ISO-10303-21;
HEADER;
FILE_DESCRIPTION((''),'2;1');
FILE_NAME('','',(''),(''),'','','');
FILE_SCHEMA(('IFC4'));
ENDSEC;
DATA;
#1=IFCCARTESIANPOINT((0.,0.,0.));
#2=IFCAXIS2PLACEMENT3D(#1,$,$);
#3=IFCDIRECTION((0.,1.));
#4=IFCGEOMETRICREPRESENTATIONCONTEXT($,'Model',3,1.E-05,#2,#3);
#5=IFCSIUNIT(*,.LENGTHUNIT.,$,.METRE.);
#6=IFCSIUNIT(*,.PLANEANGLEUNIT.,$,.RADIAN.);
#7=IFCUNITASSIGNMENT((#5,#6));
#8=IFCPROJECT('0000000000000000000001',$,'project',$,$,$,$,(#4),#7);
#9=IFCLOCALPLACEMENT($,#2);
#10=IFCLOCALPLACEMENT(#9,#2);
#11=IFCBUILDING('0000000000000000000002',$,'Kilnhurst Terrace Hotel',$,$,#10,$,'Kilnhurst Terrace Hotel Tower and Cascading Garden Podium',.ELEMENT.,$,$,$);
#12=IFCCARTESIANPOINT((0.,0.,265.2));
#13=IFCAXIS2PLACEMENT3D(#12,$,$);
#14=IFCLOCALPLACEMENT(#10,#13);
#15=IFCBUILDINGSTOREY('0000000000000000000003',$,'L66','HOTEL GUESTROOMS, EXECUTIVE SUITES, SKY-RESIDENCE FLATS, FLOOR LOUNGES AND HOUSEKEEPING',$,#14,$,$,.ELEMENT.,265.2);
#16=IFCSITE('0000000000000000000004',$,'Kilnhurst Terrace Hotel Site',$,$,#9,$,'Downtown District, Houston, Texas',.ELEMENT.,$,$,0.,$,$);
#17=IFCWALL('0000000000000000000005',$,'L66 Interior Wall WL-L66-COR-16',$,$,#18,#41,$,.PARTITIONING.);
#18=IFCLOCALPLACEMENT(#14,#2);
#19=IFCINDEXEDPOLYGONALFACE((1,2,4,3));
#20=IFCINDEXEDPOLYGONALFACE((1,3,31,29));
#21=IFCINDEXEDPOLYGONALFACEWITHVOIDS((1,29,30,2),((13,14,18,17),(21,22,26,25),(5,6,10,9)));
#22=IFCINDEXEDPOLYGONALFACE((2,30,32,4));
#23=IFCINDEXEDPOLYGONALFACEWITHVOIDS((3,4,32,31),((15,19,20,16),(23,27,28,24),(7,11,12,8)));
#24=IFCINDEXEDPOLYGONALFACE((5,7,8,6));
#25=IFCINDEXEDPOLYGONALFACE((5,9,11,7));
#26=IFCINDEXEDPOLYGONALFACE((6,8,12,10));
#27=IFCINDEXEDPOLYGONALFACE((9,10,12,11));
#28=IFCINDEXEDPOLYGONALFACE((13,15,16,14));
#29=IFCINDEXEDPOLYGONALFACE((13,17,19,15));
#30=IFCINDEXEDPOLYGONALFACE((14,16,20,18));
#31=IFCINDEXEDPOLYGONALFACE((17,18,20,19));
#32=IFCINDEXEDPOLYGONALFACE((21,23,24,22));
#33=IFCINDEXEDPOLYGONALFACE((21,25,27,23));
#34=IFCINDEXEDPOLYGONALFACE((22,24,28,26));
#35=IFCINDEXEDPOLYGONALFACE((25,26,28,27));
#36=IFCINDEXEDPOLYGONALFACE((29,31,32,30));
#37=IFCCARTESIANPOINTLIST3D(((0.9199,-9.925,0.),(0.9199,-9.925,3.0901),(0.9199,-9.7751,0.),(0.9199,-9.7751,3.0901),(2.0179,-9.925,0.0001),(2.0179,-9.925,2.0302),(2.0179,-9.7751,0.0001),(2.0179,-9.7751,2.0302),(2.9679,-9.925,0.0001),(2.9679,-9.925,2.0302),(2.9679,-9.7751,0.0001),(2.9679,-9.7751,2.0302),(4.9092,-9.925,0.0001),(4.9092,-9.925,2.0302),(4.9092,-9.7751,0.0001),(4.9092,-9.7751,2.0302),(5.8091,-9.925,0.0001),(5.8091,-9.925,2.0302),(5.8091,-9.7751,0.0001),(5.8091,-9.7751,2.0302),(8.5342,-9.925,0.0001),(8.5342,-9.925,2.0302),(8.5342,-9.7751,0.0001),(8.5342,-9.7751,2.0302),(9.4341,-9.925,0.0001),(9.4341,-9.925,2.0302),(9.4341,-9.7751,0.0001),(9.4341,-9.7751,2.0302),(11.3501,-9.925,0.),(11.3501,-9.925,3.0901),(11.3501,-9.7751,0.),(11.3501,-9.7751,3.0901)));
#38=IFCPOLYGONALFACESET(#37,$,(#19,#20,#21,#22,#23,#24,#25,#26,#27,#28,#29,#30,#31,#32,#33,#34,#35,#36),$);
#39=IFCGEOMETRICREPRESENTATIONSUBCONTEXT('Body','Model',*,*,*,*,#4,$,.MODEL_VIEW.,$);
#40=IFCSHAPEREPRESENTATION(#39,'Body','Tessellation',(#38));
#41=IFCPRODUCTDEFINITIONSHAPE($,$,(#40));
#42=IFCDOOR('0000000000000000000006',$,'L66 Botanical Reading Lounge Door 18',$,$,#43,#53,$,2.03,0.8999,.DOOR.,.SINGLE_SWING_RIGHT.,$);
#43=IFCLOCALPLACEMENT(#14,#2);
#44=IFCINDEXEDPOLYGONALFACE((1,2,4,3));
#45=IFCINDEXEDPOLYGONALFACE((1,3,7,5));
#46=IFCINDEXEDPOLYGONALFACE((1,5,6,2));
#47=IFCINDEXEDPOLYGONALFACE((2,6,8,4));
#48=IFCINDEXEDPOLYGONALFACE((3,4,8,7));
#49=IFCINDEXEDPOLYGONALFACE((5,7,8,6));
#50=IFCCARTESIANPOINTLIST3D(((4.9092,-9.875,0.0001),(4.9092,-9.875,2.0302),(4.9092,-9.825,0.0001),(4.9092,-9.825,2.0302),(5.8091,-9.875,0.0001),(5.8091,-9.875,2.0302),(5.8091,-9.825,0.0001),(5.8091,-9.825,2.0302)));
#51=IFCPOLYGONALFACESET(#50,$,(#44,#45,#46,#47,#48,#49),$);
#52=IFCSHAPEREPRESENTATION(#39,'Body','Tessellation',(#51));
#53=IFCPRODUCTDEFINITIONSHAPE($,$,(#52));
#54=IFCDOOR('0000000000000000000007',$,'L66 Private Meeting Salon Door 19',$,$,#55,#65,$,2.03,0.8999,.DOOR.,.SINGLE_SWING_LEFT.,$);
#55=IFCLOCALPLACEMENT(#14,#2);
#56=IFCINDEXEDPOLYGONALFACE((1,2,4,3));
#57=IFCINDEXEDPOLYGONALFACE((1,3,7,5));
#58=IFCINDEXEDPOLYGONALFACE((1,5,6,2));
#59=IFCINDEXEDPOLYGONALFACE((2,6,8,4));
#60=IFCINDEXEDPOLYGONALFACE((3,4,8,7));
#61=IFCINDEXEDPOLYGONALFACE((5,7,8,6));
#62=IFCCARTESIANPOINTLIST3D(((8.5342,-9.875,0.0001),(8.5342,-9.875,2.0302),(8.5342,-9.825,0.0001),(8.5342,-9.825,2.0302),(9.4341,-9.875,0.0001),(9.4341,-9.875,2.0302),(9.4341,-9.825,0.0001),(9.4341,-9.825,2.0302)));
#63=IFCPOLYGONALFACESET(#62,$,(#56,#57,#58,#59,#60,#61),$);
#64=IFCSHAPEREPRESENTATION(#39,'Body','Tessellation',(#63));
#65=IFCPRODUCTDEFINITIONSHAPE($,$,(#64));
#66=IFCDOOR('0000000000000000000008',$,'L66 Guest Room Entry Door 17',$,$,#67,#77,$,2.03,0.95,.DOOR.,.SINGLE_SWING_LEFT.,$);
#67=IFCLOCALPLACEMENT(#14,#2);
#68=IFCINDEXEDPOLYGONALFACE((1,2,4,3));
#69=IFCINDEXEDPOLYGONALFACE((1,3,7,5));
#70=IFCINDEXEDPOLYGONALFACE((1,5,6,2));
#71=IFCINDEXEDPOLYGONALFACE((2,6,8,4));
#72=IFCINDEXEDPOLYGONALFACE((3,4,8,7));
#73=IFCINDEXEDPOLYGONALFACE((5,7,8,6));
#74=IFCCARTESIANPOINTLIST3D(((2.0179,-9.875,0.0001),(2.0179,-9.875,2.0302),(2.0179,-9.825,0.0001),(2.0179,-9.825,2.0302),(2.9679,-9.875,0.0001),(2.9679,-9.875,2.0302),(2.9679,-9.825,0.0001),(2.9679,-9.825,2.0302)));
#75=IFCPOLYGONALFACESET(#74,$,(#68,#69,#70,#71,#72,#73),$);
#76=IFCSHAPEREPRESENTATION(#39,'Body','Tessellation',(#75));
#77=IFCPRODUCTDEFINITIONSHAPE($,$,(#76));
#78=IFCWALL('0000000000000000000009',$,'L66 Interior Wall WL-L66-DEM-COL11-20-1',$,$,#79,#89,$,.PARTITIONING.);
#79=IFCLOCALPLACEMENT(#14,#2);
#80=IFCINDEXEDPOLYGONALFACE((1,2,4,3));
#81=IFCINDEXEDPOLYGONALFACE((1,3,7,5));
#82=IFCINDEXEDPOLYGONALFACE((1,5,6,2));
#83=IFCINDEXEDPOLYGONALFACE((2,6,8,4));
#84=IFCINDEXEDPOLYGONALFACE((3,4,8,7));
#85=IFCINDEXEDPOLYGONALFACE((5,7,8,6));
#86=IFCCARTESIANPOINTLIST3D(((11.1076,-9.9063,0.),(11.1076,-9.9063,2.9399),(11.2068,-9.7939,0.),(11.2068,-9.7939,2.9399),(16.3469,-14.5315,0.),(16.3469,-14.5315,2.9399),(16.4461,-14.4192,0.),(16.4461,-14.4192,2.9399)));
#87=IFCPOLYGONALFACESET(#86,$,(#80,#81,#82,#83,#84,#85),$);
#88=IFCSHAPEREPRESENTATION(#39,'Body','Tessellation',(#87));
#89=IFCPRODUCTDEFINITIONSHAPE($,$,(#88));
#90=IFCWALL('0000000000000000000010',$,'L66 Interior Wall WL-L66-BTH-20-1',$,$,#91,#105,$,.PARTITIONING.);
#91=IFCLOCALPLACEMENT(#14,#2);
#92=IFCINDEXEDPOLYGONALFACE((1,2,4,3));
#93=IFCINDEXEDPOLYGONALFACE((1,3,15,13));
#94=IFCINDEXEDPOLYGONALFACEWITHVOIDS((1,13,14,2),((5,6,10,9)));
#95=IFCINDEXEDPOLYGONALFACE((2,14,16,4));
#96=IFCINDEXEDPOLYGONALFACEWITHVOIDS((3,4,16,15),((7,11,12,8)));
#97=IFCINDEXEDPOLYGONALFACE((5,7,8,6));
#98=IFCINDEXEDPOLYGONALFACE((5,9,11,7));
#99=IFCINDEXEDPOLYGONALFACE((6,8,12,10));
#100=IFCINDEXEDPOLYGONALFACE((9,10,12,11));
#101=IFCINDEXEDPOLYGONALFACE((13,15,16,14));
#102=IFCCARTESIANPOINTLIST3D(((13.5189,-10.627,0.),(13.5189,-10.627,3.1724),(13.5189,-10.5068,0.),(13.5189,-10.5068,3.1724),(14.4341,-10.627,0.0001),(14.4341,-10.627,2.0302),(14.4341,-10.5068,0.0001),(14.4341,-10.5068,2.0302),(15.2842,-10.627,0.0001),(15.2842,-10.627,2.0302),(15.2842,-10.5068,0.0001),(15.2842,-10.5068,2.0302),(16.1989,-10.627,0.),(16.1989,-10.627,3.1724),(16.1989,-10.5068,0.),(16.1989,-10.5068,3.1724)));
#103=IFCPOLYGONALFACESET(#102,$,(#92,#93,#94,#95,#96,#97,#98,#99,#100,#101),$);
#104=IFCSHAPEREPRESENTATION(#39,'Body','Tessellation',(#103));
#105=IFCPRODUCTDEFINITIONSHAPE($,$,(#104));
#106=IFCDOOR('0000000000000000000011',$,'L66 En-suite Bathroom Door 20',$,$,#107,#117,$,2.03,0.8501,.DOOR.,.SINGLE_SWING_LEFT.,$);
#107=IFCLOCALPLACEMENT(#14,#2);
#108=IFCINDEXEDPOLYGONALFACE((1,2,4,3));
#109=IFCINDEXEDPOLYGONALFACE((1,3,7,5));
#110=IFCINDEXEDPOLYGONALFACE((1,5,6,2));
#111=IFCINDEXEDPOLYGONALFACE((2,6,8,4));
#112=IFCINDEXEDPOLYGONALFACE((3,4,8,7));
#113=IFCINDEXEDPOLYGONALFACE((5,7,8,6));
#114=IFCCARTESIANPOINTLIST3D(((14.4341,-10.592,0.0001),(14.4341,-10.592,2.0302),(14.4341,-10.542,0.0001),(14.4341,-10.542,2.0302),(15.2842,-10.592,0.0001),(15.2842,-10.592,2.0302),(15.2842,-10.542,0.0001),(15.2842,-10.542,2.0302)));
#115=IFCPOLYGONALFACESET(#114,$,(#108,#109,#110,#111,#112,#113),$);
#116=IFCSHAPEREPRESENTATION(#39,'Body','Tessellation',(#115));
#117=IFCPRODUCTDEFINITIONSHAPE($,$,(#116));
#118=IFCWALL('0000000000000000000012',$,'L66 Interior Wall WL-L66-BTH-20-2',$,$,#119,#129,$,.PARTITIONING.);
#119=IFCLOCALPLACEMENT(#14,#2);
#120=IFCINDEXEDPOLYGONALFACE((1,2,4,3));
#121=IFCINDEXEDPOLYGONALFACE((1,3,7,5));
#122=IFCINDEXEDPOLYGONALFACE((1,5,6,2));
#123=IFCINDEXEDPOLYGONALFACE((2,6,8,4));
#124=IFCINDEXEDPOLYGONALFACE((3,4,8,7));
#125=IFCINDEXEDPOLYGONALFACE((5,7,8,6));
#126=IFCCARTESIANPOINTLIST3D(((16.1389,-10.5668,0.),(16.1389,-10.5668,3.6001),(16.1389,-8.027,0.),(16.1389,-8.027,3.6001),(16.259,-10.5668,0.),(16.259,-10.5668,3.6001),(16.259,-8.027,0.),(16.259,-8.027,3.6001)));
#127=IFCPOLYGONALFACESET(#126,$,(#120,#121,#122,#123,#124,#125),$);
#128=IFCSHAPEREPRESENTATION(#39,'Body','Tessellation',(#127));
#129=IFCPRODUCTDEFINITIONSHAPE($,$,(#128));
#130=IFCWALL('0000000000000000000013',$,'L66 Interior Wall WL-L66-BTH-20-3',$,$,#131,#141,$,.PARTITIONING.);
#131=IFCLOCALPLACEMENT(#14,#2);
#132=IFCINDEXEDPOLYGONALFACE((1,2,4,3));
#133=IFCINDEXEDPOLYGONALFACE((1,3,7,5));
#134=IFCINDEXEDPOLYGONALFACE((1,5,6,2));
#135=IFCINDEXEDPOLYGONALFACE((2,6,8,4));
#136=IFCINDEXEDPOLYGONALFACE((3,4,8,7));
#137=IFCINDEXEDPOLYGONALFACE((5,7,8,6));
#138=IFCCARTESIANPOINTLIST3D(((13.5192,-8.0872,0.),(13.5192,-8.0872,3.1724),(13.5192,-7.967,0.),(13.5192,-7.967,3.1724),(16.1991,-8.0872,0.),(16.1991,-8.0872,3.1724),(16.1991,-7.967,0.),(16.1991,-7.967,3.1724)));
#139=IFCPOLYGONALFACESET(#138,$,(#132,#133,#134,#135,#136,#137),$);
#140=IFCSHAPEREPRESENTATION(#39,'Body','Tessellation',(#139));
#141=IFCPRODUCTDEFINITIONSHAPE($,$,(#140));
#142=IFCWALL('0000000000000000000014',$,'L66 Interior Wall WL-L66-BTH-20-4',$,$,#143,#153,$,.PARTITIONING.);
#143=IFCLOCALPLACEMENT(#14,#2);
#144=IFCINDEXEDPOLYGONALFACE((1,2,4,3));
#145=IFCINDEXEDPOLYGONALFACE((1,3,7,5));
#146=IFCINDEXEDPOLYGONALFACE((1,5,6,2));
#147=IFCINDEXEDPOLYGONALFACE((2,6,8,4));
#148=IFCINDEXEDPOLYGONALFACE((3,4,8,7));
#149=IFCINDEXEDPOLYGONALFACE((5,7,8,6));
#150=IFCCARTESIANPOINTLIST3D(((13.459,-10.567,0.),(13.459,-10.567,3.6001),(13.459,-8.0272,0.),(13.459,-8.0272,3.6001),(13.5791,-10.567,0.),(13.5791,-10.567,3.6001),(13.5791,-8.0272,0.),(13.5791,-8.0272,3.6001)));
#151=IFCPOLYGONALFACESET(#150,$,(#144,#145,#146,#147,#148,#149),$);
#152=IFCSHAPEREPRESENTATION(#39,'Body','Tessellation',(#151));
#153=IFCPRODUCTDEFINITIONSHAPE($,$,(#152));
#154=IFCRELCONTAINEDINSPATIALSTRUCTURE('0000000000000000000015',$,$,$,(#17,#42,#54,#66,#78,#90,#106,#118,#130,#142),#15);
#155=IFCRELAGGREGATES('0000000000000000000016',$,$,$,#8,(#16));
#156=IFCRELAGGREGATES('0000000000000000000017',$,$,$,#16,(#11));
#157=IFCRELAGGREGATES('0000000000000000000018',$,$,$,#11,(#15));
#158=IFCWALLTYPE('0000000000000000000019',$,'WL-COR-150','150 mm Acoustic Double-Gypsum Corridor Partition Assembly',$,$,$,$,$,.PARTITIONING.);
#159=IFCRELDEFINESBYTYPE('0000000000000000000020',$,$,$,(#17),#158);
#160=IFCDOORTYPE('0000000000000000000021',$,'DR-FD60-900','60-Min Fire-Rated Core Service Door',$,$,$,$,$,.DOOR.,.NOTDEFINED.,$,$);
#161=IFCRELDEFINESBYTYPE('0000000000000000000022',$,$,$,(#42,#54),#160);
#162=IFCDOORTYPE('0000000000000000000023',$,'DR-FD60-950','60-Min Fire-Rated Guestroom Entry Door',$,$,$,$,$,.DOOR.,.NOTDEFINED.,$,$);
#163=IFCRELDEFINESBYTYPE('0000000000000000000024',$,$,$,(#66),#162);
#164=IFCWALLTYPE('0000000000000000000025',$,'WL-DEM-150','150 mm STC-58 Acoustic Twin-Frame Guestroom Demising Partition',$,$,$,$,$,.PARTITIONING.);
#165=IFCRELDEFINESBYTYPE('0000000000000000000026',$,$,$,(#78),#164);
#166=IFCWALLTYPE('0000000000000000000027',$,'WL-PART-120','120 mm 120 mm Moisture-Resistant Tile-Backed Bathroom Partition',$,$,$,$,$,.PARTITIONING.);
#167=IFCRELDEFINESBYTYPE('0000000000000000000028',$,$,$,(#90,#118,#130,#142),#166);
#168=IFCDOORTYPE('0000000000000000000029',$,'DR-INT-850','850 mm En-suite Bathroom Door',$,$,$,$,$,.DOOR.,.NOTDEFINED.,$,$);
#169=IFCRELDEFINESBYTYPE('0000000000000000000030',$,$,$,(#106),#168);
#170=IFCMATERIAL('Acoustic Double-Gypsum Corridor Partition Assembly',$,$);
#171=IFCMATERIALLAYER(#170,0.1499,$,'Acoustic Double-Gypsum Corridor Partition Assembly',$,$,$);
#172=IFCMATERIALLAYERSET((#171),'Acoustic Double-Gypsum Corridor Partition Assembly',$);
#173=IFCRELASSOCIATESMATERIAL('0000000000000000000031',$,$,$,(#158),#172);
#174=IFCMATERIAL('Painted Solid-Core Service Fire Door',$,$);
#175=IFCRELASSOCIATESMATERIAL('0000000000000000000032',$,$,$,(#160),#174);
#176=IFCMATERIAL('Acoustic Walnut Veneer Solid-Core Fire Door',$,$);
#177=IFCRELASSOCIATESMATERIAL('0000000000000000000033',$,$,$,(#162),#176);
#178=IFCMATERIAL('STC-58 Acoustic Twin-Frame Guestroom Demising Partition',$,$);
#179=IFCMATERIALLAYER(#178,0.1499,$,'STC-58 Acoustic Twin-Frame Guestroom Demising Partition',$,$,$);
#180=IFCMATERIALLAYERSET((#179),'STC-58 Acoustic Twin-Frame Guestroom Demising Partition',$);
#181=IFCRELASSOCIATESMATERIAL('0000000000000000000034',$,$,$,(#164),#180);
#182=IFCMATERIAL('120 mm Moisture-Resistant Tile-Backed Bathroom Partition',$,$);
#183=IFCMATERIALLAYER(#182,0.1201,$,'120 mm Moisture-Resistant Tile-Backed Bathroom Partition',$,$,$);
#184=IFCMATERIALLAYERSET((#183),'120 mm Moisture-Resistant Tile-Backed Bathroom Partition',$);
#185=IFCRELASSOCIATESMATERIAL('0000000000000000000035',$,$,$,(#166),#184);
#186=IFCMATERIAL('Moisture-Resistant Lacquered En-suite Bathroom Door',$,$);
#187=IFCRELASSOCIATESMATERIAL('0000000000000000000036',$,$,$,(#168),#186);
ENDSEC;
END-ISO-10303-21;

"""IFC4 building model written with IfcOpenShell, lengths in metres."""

from ifc_helpers import new_model, si_unit, direction, frame, frame_2d, origin, place, context, subcontext, project, spatial, rectangle, extrude, material, layer, layer_set, type_object, element, fill, save


model = new_model("IFC4")

# Units and contexts
model_context = context("Model", 3, precision=1e-05, world=origin(), true_north=direction((0.0, 1.0)))
body_context = subcontext(model_context, "Body", "Model", "MODEL_VIEW")
ifc_project = project(units=[si_unit("LENGTHUNIT", "METRE"), si_unit("PLANEANGLEUNIT", "RADIAN")], contexts=[model_context])

# Site, building, storey
site_placement = place(None, origin())
site = spatial("IfcSite", under=ifc_project, at=site_placement, Name="Kilnhurst Terrace Hotel Site", LongName="Downtown District, Houston, Texas", CompositionType="ELEMENT", RefElevation=0.0)
building_placement = place(site_placement, origin())
building = spatial("IfcBuilding", under=site, at=building_placement, Name="Kilnhurst Terrace Hotel", LongName="Kilnhurst Terrace Hotel Tower and Cascading Garden Podium", CompositionType="ELEMENT")
storey_placement = place(building_placement, frame((0.0, 0.0, 265.2)))
storey = spatial("IfcBuildingStorey", under=building, at=storey_placement, Name="L66", Description="HOTEL GUESTROOMS, EXECUTIVE SUITES, SKY-RESIDENCE FLATS, FLOOR LOUNGES AND HOUSEKEEPING", CompositionType="ELEMENT", Elevation=265.2)

# Wall, openings, doors
ifc_material_1 = material(Name="Acoustic Double-Gypsum Corridor Partition Assembly")
ifc_layer_1 = layer(ifc_material_1, 0.1499, Name="Acoustic Double-Gypsum Corridor Partition Assembly")
ifc_layer_set_1 = layer_set([ifc_layer_1], Name="Acoustic Double-Gypsum Corridor Partition Assembly")
wall_type_1 = type_object("IfcWallType", Name="WL-COR-150", Description="150 mm Acoustic Double-Gypsum Corridor Partition Assembly", PredefinedType="PARTITIONING", material=ifc_layer_set_1)
wall_1_placement = place(storey_placement, frame((11.3501, -9.8501, 0.0), z_axis=(0.0, 0.0, 1.0), x_axis=(-1.0, 0.0, 0.0)))
wall_1 = element("IfcWall", 1, at=wall_1_placement, inside=storey, type_object=wall_type_1, Name="L66 Interior Wall WL-L66-COR-16", PredefinedType="PARTITIONING", context=body_context, shape_type="SweptSolid", body=[
    extrude(rectangle(XDim=10.4302, YDim=0.1499, at=frame_2d((5.2151, 0.0))), origin(), (0.0, 0.0, 1.0), 3.0901),
])
opening_1_placement = place(wall_1_placement, frame((8.3821, 0.0, 0.0)))
opening_1 = element("IfcOpeningElement", 2, at=opening_1_placement, cuts=wall_1, PredefinedType="OPENING", context=body_context, shape_type="SweptSolid", body=[
    extrude(rectangle(XDim=0.95, YDim=2.03, at=frame_2d((0.4751, 1.0151))), frame((0.0, 0.085, 0.0), z_axis=(0.0, -1.0, 0.0), x_axis=(1.0, 0.0, 0.0)), (0.0, 0.0, 1.0), 0.1699),
])
opening_2_placement = place(wall_1_placement, frame((5.541, 0.0, 0.0)))
opening_2 = element("IfcOpeningElement", 3, at=opening_2_placement, cuts=wall_1, PredefinedType="OPENING", context=body_context, shape_type="SweptSolid", body=[
    extrude(rectangle(XDim=0.8999, YDim=2.03, at=frame_2d((0.45, 1.0151))), frame((0.0, 0.085, 0.0), z_axis=(0.0, -1.0, 0.0), x_axis=(1.0, 0.0, 0.0)), (0.0, 0.0, 1.0), 0.1699),
])
opening_3_placement = place(wall_1_placement, frame((1.916, 0.0, 0.0)))
opening_3 = element("IfcOpeningElement", 4, at=opening_3_placement, cuts=wall_1, PredefinedType="OPENING", context=body_context, shape_type="SweptSolid", body=[
    extrude(rectangle(XDim=0.8999, YDim=2.03, at=frame_2d((0.45, 1.0151))), frame((0.0, 0.085, 0.0), z_axis=(0.0, -1.0, 0.0), x_axis=(1.0, 0.0, 0.0)), (0.0, 0.0, 1.0), 0.1699),
])
ifc_material_2 = material(Name="Painted Solid-Core Service Fire Door")
door_type_1 = type_object("IfcDoorType", Name="DR-FD60-900", Description="60-Min Fire-Rated Core Service Door", OperationType="NOTDEFINED", PredefinedType="DOOR", material=ifc_material_2)
door_1_placement = place(opening_2_placement, origin())
door_1 = element("IfcDoor", 5, at=door_1_placement, inside=storey, type_object=door_type_1, Name="L66 Botanical Reading Lounge Door 18", OperationType="SINGLE_SWING_RIGHT", OverallHeight=2.03, OverallWidth=0.8999, PredefinedType="DOOR", context=body_context, shape_type="SweptSolid", body=[
    extrude(rectangle(XDim=0.8999, YDim=2.03, at=frame_2d((0.45, 1.0151))), frame((0.0, 0.0249, 0.0), z_axis=(0.0, -1.0, 0.0), x_axis=(1.0, 0.0, 0.0)), (0.0, 0.0, 1.0), 0.05),
])
fill(opening_2, door_1)
door_2_placement = place(opening_3_placement, origin())
door_2 = element("IfcDoor", 6, at=door_2_placement, inside=storey, type_object=door_type_1, Name="L66 Private Meeting Salon Door 19", OperationType="SINGLE_SWING_LEFT", OverallHeight=2.03, OverallWidth=0.8999, PredefinedType="DOOR", context=body_context, shape_type="SweptSolid", body=[
    extrude(rectangle(XDim=0.8999, YDim=2.03, at=frame_2d((0.45, 1.0151))), frame((0.0, 0.0249, 0.0), z_axis=(0.0, -1.0, 0.0), x_axis=(1.0, 0.0, 0.0)), (0.0, 0.0, 1.0), 0.05),
])
fill(opening_3, door_2)
ifc_material_3 = material(Name="Acoustic Walnut Veneer Solid-Core Fire Door")
door_type_2 = type_object("IfcDoorType", Name="DR-FD60-950", Description="60-Min Fire-Rated Guestroom Entry Door", OperationType="NOTDEFINED", PredefinedType="DOOR", material=ifc_material_3)
door_3_placement = place(opening_1_placement, origin())
door_3 = element("IfcDoor", 7, at=door_3_placement, inside=storey, type_object=door_type_2, Name="L66 Guest Room Entry Door 17", OperationType="SINGLE_SWING_LEFT", OverallHeight=2.03, OverallWidth=0.95, PredefinedType="DOOR", context=body_context, shape_type="SweptSolid", body=[
    extrude(rectangle(XDim=0.95, YDim=2.03, at=frame_2d((0.4751, 1.0151))), frame((0.0, 0.0249, 0.0), z_axis=(0.0, -1.0, 0.0), x_axis=(1.0, 0.0, 0.0)), (0.0, 0.0, 1.0), 0.05),
])
fill(opening_1, door_3)

# Wall
ifc_material_4 = material(Name="STC-58 Acoustic Twin-Frame Guestroom Demising Partition")
ifc_layer_2 = layer(ifc_material_4, 0.1499, Name="STC-58 Acoustic Twin-Frame Guestroom Demising Partition")
ifc_layer_set_2 = layer_set([ifc_layer_2], Name="STC-58 Acoustic Twin-Frame Guestroom Demising Partition")
wall_type_2 = type_object("IfcWallType", Name="WL-DEM-150", Description="150 mm STC-58 Acoustic Twin-Frame Guestroom Demising Partition", PredefinedType="PARTITIONING", material=ifc_layer_set_2)
wall_2_placement = place(storey_placement, frame((11.1572, -9.8501, 0.0), z_axis=(0.0, 0.0, 1.0), x_axis=(0.74967, -0.661812, 0.0)))
element("IfcWall", 8, at=wall_2_placement, inside=storey, type_object=wall_type_2, Name="L66 Interior Wall WL-L66-DEM-COL11-20-1", PredefinedType="PARTITIONING", context=body_context, shape_type="SweptSolid", body=[
    extrude(rectangle(XDim=6.9888, YDim=0.1499, at=frame_2d((3.4944, 0.0))), origin(), (0.0, 0.0, 1.0), 2.9399),
])

# Wall, opening, door
ifc_material_5 = material(Name="120 mm Moisture-Resistant Tile-Backed Bathroom Partition")
ifc_layer_3 = layer(ifc_material_5, 0.1201, Name="120 mm Moisture-Resistant Tile-Backed Bathroom Partition")
ifc_layer_set_3 = layer_set([ifc_layer_3], Name="120 mm Moisture-Resistant Tile-Backed Bathroom Partition")
wall_type_3 = type_object("IfcWallType", Name="WL-PART-120", Description="120 mm 120 mm Moisture-Resistant Tile-Backed Bathroom Partition", PredefinedType="PARTITIONING", material=ifc_layer_set_3)
wall_3_placement = place(storey_placement, frame((13.519, -10.5669, 0.0), z_axis=(0.0, 0.0, 1.0), x_axis=(1.0, 0.0, 0.0)))
wall_3 = element("IfcWall", 9, at=wall_3_placement, inside=storey, type_object=wall_type_3, Name="L66 Interior Wall WL-L66-BTH-20-1", PredefinedType="PARTITIONING", context=body_context, shape_type="SweptSolid", body=[
    extrude(rectangle(XDim=2.6799, YDim=0.1201, at=frame_2d((1.3398, 0.0))), origin(), (0.0, 0.0, 1.0), 3.1724),
])
opening_4_placement = place(wall_3_placement, frame((0.915, 0.0, 0.0)))
opening_4 = element("IfcOpeningElement", 10, at=opening_4_placement, cuts=wall_3, PredefinedType="OPENING", context=body_context, shape_type="SweptSolid", body=[
    extrude(rectangle(XDim=0.8501, YDim=2.03, at=frame_2d((0.425, 1.0151))), frame((0.0, 0.0701, 0.0), z_axis=(0.0, -1.0, 0.0), x_axis=(1.0, 0.0, 0.0)), (0.0, 0.0, 1.0), 0.1401),
])
ifc_material_6 = material(Name="Moisture-Resistant Lacquered En-suite Bathroom Door")
door_type_3 = type_object("IfcDoorType", Name="DR-INT-850", Description="850 mm En-suite Bathroom Door", OperationType="NOTDEFINED", PredefinedType="DOOR", material=ifc_material_6)
door_4_placement = place(opening_4_placement, origin())
door_4 = element("IfcDoor", 11, at=door_4_placement, inside=storey, type_object=door_type_3, Name="L66 En-suite Bathroom Door 20", OperationType="SINGLE_SWING_LEFT", OverallHeight=2.03, OverallWidth=0.8501, PredefinedType="DOOR", context=body_context, shape_type="SweptSolid", body=[
    extrude(rectangle(XDim=0.8501, YDim=2.03, at=frame_2d((0.425, 1.0151))), frame((0.0, 0.0249, 0.0), z_axis=(0.0, -1.0, 0.0), x_axis=(1.0, 0.0, 0.0)), (0.0, 0.0, 1.0), 0.05),
])
fill(opening_4, door_4)

# Walls
wall_4_placement = place(storey_placement, frame((16.199, -10.5669, 0.0), z_axis=(0.0, 0.0, 1.0), x_axis=(0.0, 1.0, 0.0)))
element("IfcWall", 12, at=wall_4_placement, inside=storey, type_object=wall_type_3, Name="L66 Interior Wall WL-L66-BTH-20-2", PredefinedType="PARTITIONING", context=body_context, shape_type="SweptSolid", body=[
    extrude(rectangle(XDim=2.5398, YDim=0.1201, at=frame_2d((1.27, 0.0))), origin(), (0.0, 0.0, 1.0), 3.6001),
])
wall_5_placement = place(storey_placement, frame((16.199, -8.0271, 0.0), z_axis=(0.0, 0.0, 1.0), x_axis=(-1.0, 0.0, 0.0)))
element("IfcWall", 13, at=wall_5_placement, inside=storey, type_object=wall_type_3, Name="L66 Interior Wall WL-L66-BTH-20-3", PredefinedType="PARTITIONING", context=body_context, shape_type="SweptSolid", body=[
    extrude(rectangle(XDim=2.6799, YDim=0.1201, at=frame_2d((1.3398, 0.0))), origin(), (0.0, 0.0, 1.0), 3.1724),
])
wall_6_placement = place(storey_placement, frame((13.519, -8.0271, 0.0), z_axis=(0.0, 0.0, 1.0), x_axis=(0.0, -1.0, 0.0)))
element("IfcWall", 14, at=wall_6_placement, inside=storey, type_object=wall_type_3, Name="L66 Interior Wall WL-L66-BTH-20-4", PredefinedType="PARTITIONING", context=body_context, shape_type="SweptSolid", body=[
    extrude(rectangle(XDim=2.5398, YDim=0.1201, at=frame_2d((1.27, 0.0))), origin(), (0.0, 0.0, 1.0), 3.6001),
])

save(model, "model.ifc")
